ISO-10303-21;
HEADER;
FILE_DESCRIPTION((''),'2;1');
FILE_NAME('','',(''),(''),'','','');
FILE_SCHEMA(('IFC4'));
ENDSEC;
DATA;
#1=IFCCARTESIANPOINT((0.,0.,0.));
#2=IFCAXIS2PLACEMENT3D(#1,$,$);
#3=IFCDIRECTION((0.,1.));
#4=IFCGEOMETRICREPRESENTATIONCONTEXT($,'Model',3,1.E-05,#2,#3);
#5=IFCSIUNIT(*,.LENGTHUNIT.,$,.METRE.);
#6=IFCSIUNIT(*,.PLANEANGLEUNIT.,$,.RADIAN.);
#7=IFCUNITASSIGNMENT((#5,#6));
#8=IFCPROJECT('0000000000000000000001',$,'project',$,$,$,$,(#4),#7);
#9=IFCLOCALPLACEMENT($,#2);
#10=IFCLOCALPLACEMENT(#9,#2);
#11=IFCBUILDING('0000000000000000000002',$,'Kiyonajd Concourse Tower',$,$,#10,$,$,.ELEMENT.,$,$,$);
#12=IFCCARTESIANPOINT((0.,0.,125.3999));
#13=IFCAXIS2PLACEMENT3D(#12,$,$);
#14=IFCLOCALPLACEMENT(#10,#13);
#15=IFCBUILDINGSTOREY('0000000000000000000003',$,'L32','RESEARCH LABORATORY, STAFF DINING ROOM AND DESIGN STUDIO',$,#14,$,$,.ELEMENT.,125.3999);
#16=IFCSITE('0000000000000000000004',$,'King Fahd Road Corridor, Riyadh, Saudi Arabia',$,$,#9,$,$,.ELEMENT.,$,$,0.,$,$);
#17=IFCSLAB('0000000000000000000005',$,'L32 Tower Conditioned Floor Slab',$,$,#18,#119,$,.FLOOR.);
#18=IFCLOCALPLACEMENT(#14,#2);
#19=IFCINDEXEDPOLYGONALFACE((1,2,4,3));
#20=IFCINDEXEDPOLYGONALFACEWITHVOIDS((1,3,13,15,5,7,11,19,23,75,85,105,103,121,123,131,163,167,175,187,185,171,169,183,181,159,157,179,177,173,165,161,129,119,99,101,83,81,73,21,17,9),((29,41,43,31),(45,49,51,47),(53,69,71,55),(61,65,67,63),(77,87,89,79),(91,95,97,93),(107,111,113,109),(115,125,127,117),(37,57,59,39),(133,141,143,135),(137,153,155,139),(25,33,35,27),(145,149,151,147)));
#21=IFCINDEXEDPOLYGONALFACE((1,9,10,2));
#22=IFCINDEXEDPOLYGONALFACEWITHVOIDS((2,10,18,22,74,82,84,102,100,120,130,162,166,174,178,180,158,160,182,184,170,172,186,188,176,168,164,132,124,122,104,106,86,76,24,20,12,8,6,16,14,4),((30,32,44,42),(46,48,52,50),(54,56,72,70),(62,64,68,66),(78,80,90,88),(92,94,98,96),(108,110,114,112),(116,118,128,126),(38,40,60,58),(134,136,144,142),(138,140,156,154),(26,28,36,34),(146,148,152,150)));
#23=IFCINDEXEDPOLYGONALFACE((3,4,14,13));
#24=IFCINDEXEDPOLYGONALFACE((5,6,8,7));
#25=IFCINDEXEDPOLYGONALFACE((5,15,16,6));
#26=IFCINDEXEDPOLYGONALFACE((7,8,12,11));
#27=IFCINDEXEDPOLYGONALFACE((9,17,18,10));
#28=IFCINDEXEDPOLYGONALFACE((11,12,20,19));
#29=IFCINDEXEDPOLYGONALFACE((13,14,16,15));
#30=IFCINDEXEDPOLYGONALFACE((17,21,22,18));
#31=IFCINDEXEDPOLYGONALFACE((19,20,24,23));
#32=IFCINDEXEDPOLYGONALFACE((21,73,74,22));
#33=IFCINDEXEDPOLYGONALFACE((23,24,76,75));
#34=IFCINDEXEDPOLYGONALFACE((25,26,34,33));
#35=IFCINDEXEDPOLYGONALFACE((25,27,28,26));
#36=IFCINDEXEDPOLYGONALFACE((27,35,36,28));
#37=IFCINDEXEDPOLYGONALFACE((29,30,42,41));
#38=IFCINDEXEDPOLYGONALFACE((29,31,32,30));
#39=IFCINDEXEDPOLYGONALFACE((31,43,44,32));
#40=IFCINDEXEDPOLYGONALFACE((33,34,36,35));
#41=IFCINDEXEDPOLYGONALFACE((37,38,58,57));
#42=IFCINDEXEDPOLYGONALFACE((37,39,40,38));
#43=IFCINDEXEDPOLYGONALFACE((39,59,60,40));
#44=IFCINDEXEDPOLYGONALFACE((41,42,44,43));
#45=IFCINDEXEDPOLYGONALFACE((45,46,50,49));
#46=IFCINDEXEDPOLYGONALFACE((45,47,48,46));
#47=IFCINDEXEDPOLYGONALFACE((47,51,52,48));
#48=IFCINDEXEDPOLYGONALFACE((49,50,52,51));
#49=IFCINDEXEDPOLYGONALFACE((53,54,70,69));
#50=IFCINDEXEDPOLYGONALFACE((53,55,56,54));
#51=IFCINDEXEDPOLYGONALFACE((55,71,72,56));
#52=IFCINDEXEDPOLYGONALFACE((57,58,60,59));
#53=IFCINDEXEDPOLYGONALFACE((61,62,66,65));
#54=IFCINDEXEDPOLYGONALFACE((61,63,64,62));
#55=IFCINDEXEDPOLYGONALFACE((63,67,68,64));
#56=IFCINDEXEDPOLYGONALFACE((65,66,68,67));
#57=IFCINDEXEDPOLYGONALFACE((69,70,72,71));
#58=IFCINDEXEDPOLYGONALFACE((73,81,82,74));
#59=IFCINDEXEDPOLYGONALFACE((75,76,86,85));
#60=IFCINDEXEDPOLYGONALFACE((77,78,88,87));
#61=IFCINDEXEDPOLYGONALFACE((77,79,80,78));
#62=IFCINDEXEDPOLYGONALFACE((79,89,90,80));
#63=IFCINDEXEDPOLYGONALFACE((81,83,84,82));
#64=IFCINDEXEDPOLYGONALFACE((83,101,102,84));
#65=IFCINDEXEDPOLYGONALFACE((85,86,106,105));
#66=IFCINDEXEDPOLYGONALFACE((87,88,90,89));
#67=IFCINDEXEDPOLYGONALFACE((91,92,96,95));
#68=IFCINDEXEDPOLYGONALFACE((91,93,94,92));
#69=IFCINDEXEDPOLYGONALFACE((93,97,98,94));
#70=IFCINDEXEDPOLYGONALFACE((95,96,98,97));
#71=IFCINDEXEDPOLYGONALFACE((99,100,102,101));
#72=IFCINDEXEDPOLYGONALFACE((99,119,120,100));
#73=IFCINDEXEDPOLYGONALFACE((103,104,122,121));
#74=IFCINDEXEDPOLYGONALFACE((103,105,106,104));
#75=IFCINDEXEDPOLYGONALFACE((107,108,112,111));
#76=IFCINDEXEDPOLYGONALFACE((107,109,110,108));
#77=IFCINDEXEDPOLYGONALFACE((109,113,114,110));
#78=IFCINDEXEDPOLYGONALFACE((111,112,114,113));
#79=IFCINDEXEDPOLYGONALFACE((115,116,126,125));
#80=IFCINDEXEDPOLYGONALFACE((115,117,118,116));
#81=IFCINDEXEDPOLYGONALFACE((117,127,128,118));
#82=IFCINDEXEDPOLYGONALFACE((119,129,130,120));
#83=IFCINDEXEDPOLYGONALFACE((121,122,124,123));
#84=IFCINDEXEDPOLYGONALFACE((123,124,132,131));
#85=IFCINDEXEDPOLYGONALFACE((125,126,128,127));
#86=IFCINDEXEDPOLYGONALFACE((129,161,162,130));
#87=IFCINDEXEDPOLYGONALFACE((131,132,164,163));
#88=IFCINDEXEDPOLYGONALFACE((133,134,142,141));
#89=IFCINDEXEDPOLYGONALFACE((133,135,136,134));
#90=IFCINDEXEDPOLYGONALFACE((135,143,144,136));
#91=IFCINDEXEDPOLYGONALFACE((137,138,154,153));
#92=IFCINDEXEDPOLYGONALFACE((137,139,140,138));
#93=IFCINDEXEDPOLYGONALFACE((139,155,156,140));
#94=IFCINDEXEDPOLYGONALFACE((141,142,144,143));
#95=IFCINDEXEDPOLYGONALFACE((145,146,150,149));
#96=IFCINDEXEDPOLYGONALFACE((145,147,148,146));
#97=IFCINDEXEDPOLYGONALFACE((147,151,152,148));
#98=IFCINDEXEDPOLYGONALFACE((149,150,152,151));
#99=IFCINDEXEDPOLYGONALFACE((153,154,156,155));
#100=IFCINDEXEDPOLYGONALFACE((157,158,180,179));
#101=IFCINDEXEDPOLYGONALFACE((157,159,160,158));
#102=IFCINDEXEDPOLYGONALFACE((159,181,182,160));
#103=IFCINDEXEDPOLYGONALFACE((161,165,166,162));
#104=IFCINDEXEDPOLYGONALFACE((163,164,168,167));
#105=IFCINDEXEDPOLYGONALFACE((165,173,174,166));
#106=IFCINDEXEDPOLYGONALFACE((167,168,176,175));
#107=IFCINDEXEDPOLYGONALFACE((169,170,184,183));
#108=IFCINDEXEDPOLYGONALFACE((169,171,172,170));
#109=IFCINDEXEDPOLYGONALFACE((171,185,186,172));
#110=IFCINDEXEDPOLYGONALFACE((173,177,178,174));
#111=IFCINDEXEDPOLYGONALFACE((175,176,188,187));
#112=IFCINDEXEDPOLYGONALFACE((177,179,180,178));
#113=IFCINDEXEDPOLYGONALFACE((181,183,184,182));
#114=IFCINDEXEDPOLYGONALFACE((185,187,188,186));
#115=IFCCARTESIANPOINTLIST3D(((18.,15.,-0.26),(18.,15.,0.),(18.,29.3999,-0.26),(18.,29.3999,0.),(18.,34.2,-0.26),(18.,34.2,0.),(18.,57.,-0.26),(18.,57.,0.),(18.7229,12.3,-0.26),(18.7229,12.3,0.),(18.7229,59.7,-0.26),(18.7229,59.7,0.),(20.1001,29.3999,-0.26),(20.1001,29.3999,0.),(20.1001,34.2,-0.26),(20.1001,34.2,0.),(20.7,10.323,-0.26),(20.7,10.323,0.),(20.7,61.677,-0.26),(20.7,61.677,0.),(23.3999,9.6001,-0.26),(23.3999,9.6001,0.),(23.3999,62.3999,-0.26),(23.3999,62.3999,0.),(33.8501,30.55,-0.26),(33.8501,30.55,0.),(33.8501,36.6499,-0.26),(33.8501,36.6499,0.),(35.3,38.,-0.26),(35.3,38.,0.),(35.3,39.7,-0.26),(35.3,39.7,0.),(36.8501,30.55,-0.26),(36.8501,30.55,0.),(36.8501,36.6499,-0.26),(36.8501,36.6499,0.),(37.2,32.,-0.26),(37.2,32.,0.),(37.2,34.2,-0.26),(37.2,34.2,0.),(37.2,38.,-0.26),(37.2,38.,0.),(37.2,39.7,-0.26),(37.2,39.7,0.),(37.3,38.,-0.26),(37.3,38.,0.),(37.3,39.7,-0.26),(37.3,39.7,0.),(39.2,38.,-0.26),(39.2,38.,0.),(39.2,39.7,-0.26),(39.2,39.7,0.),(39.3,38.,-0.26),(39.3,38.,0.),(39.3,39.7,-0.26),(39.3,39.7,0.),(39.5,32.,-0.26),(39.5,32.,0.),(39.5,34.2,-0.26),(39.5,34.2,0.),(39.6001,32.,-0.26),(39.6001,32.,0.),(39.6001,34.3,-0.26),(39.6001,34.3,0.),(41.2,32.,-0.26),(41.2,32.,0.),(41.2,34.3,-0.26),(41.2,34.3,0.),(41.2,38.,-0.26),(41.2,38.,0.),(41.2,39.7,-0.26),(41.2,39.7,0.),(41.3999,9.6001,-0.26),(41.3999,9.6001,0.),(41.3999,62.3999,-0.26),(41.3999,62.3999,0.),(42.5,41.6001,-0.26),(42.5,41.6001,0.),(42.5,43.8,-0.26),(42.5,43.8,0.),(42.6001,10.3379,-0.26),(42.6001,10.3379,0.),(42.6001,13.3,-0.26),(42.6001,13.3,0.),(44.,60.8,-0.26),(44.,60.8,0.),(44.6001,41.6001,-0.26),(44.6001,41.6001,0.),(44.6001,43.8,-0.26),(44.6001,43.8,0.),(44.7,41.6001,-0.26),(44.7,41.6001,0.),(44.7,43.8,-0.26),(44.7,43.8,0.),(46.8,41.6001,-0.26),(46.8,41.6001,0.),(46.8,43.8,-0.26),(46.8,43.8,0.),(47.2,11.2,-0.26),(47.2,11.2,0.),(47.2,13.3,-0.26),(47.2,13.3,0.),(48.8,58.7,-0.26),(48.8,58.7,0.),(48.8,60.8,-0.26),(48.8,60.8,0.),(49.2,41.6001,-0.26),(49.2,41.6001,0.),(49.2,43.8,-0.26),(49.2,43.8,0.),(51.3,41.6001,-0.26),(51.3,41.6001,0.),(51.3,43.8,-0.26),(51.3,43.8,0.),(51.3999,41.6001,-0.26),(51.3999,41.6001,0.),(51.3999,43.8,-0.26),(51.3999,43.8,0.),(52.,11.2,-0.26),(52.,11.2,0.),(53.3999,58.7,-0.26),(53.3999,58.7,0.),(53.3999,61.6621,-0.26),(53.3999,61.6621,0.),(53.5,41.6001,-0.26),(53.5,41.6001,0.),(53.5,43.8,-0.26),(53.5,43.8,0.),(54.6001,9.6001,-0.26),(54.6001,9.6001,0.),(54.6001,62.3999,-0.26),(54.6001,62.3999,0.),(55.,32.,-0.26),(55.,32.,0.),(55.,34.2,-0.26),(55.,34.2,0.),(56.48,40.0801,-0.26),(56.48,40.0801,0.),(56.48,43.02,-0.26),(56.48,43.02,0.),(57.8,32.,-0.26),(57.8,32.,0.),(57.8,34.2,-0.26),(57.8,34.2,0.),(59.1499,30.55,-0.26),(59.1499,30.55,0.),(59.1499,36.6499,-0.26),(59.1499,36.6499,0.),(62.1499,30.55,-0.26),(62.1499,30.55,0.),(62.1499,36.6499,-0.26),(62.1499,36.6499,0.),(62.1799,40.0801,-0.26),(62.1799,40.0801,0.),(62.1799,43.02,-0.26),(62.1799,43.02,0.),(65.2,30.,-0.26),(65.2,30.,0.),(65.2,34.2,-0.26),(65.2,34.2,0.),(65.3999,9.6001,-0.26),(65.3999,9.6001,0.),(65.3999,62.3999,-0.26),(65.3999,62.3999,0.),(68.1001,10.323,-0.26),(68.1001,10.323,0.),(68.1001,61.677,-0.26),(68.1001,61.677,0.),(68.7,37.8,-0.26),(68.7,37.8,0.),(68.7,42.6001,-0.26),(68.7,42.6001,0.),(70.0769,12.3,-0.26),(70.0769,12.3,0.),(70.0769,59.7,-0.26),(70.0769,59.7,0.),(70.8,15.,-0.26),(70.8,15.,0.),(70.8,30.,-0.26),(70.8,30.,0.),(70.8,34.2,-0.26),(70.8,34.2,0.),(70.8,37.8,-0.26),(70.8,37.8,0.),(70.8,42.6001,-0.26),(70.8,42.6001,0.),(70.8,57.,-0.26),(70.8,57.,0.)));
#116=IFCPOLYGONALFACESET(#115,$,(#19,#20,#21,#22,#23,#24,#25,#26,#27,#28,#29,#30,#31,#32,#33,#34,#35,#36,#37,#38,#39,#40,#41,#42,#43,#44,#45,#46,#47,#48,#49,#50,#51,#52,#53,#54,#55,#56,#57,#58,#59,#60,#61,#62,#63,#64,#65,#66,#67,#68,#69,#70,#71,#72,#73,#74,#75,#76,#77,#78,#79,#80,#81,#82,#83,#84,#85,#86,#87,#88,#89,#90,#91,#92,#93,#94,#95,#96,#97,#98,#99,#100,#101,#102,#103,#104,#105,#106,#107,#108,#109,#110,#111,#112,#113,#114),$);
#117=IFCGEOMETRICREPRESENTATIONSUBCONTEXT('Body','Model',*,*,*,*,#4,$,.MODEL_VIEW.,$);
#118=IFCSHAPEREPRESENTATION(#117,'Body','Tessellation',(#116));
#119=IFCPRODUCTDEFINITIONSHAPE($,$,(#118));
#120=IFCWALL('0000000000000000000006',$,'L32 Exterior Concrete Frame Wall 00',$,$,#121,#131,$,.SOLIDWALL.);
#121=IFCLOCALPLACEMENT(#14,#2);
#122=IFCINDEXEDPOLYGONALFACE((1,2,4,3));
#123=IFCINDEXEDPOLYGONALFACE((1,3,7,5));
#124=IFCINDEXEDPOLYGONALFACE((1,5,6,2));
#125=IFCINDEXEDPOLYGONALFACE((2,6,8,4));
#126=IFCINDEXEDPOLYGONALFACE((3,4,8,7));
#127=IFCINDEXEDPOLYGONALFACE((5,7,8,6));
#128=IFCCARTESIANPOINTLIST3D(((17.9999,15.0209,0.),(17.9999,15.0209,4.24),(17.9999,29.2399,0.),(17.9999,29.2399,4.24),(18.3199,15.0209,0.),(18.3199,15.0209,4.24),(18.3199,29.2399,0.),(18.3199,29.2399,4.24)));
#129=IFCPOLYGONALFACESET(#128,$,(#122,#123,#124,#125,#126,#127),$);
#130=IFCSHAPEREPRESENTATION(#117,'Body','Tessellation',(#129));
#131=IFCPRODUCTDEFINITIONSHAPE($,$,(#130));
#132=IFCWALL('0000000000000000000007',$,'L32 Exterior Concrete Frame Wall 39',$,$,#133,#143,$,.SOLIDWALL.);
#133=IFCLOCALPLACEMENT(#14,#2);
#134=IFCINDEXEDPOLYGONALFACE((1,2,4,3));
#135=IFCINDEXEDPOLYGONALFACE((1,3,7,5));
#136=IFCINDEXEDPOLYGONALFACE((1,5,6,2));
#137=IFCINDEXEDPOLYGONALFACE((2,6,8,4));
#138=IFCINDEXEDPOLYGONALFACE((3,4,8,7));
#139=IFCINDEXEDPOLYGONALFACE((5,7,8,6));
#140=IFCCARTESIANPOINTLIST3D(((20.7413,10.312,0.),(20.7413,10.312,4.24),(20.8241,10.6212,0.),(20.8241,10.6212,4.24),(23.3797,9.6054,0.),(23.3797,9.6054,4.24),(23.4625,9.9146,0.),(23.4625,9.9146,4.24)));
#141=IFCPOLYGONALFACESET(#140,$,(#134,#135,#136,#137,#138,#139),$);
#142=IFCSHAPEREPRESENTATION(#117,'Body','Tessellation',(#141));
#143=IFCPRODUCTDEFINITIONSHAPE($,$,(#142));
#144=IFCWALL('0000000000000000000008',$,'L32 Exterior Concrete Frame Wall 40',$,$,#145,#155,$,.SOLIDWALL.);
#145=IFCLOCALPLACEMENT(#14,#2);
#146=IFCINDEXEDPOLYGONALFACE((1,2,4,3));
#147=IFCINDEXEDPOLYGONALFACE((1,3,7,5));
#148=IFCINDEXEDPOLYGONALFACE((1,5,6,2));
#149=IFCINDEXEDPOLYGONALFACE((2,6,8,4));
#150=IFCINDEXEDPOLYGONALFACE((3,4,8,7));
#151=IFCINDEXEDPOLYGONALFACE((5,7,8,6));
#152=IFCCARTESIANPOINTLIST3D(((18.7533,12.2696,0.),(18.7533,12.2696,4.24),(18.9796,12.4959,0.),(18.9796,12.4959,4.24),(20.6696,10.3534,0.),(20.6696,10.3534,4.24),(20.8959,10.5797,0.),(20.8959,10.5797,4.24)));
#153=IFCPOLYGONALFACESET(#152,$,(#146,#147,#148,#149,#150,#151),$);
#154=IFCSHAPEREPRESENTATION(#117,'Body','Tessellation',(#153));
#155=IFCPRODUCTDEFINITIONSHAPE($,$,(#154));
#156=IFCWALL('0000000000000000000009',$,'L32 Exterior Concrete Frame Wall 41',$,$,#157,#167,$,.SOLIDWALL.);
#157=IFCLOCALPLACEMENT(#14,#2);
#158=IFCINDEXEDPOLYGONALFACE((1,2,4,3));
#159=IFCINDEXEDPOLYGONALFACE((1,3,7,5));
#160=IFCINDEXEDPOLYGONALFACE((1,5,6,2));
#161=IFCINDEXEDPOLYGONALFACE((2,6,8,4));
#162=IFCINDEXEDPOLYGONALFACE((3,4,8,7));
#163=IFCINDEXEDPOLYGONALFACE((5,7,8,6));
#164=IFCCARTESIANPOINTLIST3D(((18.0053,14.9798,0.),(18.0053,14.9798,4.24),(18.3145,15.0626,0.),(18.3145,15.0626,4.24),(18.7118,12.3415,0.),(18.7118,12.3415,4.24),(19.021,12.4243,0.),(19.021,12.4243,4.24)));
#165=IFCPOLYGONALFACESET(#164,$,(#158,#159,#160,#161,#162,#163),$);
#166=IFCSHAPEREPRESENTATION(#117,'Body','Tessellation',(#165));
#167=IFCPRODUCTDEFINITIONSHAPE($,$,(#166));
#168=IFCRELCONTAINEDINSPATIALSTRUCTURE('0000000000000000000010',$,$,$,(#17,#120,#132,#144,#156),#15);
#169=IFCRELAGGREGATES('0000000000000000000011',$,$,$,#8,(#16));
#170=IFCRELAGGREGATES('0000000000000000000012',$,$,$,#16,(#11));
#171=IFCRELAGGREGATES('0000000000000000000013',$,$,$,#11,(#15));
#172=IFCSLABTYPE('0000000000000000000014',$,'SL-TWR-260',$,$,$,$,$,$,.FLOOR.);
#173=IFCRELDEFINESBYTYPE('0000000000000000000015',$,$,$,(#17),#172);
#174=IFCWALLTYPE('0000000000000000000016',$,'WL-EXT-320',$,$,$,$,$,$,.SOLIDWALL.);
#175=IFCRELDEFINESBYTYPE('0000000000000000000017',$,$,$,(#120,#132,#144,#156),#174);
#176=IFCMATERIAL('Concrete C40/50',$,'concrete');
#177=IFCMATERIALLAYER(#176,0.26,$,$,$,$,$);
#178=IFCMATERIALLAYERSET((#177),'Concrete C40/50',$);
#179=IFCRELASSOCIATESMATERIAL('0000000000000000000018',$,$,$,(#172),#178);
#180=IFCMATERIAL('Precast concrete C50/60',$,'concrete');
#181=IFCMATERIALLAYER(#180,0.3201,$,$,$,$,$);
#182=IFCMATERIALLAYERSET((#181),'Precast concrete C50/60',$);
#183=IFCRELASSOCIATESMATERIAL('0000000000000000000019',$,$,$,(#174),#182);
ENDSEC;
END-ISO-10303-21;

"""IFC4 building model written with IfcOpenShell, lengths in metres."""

from ifc_helpers import new_model, si_unit, direction, frame, frame_2d, origin, place, context, subcontext, project, spatial, polyline, rectangle, outline, extrude, material, layer, layer_set, type_object, element, save


model = new_model("IFC4")

# Units and contexts
model_context = context("Model", 3, precision=1e-05, world=origin(), true_north=direction((0.0, 1.0)))
body_context = subcontext(model_context, "Body", "Model", "MODEL_VIEW")
ifc_project = project(units=[si_unit("LENGTHUNIT", "METRE"), si_unit("PLANEANGLEUNIT", "RADIAN")], contexts=[model_context])

# Site, building, storey
site_placement = place(None, origin())
site = spatial("IfcSite", under=ifc_project, at=site_placement, Name="King Fahd Road Corridor, Riyadh, Saudi Arabia", CompositionType="ELEMENT", RefElevation=0.0)
building_placement = place(site_placement, origin())
building = spatial("IfcBuilding", under=site, at=building_placement, Name="Kiyonajd Concourse Tower", CompositionType="ELEMENT")
storey_placement = place(building_placement, frame((0.0, 0.0, 125.3999)))
storey = spatial("IfcBuildingStorey", under=building, at=storey_placement, Name="L32", Description="RESEARCH LABORATORY, STAFF DINING ROOM AND DESIGN STUDIO", CompositionType="ELEMENT", Elevation=125.3999)

# Shared definitions
ifc_material_1 = material(Name="Precast concrete C50/60", Category="concrete")

# Shared definitions
ifc_material_2 = material(Name="Concrete C40/50", Category="concrete")

# Slab
ifc_layer_1 = layer(ifc_material_2, 0.26)
ifc_layer_set_1 = layer_set([ifc_layer_1], Name="Concrete C40/50")
slab_type_1 = type_object("IfcSlabType", Name="SL-TWR-260", PredefinedType="FLOOR", material=ifc_layer_set_1)
slab_1_placement = place(storey_placement, frame((0.0, 0.0, -0.26)))
element("IfcSlab", 1, at=slab_1_placement, inside=storey, type_object=slab_type_1, Name="L32 Tower Conditioned Floor Slab", PredefinedType="FLOOR", context=body_context, shape_type="SweptSolid", body=[
    extrude(outline(polyline([(18.0, 15.0), (18.0, 29.3999), (20.1001, 29.3999), (20.1001, 34.2), (18.0, 34.2), (18.0, 57.0), (18.7229, 59.7), (20.7, 61.677), (23.3999, 62.3999), (41.3999, 62.3999), (44.0, 60.8), (48.8, 60.8), (48.8, 58.7), (53.3999, 58.7), (53.3999, 61.6621), (54.6001, 62.3999), (65.3999, 62.3999), (68.1001, 61.677), (70.0769, 59.7), (70.8, 57.0), (70.8, 42.6001), (68.7, 42.6001), (68.7, 37.8), (70.8, 37.8), (70.8, 34.2), (65.2, 34.2), (65.2, 30.0), (70.8, 30.0), (70.8, 15.0), (70.0769, 12.3), (68.1001, 10.323), (65.3999, 9.6001), (54.6001, 9.6001), (52.0, 11.2), (47.2, 11.2), (47.2, 13.3), (42.6001, 13.3), (42.6001, 10.3379), (41.3999, 9.6001), (23.3999, 9.6001), (20.7, 10.323), (18.7229, 12.3), (18.0, 15.0)]), holes=[polyline([(39.5, 32.0), (37.2, 32.0), (37.2, 34.2), (39.5, 34.2), (39.5, 32.0)]), polyline([(39.6001, 32.0), (39.6001, 34.3), (41.2, 34.3), (41.2, 32.0), (39.6001, 32.0)]), polyline([(33.8501, 30.55), (33.8501, 36.6499), (36.8501, 36.6499), (36.8501, 30.55), (33.8501, 30.55)]), polyline([(37.2, 38.0), (35.3, 38.0), (35.3, 39.7), (37.2, 39.7), (37.2, 38.0)]), polyline([(37.3, 38.0), (37.3, 39.7), (39.2, 39.7), (39.2, 38.0), (37.3, 38.0)]), polyline([(39.3, 38.0), (39.3, 39.7), (41.2, 39.7), (41.2, 38.0), (39.3, 38.0)]), polyline([(44.6001, 41.6001), (42.5, 41.6001), (42.5, 43.8), (44.6001, 43.8), (44.6001, 41.6001)]), polyline([(55.0, 32.0), (55.0, 34.2), (57.8, 34.2), (57.8, 32.0), (55.0, 32.0)]), polyline([(59.1499, 30.55), (59.1499, 36.6499), (62.1499, 36.6499), (62.1499, 30.55), (59.1499, 30.55)]), polyline([(56.48, 43.02), (62.1799, 43.02), (62.1799, 40.0801), (56.48, 40.0801), (56.48, 43.02)]), polyline([(44.7, 41.6001), (44.7, 43.8), (46.8, 43.8), (46.8, 41.6001), (44.7, 41.6001)]), polyline([(49.2, 41.6001), (49.2, 43.8), (51.3, 43.8), (51.3, 41.6001), (49.2, 41.6001)]), polyline([(51.3999, 41.6001), (51.3999, 43.8), (53.5, 43.8), (53.5, 41.6001), (51.3999, 41.6001)])]), origin(), (0.0, 0.0, 1.0), 0.26),
])

# Walls
ifc_layer_2 = layer(ifc_material_1, 0.3201)
ifc_layer_set_2 = layer_set([ifc_layer_2], Name="Precast concrete C50/60")
wall_type = type_object("IfcWallType", Name="WL-EXT-320", PredefinedType="SOLIDWALL", material=ifc_layer_set_2)
wall_1_placement = place(storey_placement, frame((18.1599, 15.021, 0.0), z_axis=(0.0, 0.0, 1.0), x_axis=(0.0, 1.0, 0.0)))
element("IfcWall", 2, at=wall_1_placement, inside=storey, type_object=wall_type, Name="L32 Exterior Concrete Frame Wall 00", PredefinedType="SOLIDWALL", context=body_context, shape_type="SweptSolid", body=[
    extrude(rectangle(XDim=14.219, YDim=0.3201, at=frame_2d((7.1094, 0.0))), origin(), (0.0, 0.0, 1.0), 4.24),
])
wall_2_placement = place(storey_placement, frame((23.4211, 9.76, 0.0), z_axis=(0.0, 0.0, 1.0), x_axis=(-0.965964, 0.258675, 0.0)))
element("IfcWall", 3, at=wall_2_placement, inside=storey, type_object=wall_type, Name="L32 Exterior Concrete Frame Wall 39", PredefinedType="SOLIDWALL", context=body_context, shape_type="SweptSolid", body=[
    extrude(rectangle(XDim=2.7314, YDim=0.3201, at=frame_2d((1.3657, 0.0))), origin(), (0.0, 0.0, 1.0), 4.24),
])
wall_3_placement = place(storey_placement, frame((20.7827, 10.4666, 0.0), z_axis=(0.0, 0.0, 1.0), x_axis=(-0.707107, 0.707107, 0.0)))
element("IfcWall", 4, at=wall_3_placement, inside=storey, type_object=wall_type, Name="L32 Exterior Concrete Frame Wall 40", PredefinedType="SOLIDWALL", context=body_context, shape_type="SweptSolid", body=[
    extrude(rectangle(XDim=2.71, YDim=0.3201, at=frame_2d((1.355, 0.0))), origin(), (0.0, 0.0, 1.0), 4.24),
])
wall_4_placement = place(storey_placement, frame((18.8665, 12.3828, 0.0), z_axis=(0.0, 0.0, 1.0), x_axis=(-0.258697, 0.965958, 0.0)))
element("IfcWall", 5, at=wall_4_placement, inside=storey, type_object=wall_type, Name="L32 Exterior Concrete Frame Wall 41", PredefinedType="SOLIDWALL", context=body_context, shape_type="SweptSolid", body=[
    extrude(rectangle(XDim=2.7312, YDim=0.3201, at=frame_2d((1.3657, 0.0))), origin(), (0.0, 0.0, 1.0), 4.24),
])

save(model, "model.ifc")
